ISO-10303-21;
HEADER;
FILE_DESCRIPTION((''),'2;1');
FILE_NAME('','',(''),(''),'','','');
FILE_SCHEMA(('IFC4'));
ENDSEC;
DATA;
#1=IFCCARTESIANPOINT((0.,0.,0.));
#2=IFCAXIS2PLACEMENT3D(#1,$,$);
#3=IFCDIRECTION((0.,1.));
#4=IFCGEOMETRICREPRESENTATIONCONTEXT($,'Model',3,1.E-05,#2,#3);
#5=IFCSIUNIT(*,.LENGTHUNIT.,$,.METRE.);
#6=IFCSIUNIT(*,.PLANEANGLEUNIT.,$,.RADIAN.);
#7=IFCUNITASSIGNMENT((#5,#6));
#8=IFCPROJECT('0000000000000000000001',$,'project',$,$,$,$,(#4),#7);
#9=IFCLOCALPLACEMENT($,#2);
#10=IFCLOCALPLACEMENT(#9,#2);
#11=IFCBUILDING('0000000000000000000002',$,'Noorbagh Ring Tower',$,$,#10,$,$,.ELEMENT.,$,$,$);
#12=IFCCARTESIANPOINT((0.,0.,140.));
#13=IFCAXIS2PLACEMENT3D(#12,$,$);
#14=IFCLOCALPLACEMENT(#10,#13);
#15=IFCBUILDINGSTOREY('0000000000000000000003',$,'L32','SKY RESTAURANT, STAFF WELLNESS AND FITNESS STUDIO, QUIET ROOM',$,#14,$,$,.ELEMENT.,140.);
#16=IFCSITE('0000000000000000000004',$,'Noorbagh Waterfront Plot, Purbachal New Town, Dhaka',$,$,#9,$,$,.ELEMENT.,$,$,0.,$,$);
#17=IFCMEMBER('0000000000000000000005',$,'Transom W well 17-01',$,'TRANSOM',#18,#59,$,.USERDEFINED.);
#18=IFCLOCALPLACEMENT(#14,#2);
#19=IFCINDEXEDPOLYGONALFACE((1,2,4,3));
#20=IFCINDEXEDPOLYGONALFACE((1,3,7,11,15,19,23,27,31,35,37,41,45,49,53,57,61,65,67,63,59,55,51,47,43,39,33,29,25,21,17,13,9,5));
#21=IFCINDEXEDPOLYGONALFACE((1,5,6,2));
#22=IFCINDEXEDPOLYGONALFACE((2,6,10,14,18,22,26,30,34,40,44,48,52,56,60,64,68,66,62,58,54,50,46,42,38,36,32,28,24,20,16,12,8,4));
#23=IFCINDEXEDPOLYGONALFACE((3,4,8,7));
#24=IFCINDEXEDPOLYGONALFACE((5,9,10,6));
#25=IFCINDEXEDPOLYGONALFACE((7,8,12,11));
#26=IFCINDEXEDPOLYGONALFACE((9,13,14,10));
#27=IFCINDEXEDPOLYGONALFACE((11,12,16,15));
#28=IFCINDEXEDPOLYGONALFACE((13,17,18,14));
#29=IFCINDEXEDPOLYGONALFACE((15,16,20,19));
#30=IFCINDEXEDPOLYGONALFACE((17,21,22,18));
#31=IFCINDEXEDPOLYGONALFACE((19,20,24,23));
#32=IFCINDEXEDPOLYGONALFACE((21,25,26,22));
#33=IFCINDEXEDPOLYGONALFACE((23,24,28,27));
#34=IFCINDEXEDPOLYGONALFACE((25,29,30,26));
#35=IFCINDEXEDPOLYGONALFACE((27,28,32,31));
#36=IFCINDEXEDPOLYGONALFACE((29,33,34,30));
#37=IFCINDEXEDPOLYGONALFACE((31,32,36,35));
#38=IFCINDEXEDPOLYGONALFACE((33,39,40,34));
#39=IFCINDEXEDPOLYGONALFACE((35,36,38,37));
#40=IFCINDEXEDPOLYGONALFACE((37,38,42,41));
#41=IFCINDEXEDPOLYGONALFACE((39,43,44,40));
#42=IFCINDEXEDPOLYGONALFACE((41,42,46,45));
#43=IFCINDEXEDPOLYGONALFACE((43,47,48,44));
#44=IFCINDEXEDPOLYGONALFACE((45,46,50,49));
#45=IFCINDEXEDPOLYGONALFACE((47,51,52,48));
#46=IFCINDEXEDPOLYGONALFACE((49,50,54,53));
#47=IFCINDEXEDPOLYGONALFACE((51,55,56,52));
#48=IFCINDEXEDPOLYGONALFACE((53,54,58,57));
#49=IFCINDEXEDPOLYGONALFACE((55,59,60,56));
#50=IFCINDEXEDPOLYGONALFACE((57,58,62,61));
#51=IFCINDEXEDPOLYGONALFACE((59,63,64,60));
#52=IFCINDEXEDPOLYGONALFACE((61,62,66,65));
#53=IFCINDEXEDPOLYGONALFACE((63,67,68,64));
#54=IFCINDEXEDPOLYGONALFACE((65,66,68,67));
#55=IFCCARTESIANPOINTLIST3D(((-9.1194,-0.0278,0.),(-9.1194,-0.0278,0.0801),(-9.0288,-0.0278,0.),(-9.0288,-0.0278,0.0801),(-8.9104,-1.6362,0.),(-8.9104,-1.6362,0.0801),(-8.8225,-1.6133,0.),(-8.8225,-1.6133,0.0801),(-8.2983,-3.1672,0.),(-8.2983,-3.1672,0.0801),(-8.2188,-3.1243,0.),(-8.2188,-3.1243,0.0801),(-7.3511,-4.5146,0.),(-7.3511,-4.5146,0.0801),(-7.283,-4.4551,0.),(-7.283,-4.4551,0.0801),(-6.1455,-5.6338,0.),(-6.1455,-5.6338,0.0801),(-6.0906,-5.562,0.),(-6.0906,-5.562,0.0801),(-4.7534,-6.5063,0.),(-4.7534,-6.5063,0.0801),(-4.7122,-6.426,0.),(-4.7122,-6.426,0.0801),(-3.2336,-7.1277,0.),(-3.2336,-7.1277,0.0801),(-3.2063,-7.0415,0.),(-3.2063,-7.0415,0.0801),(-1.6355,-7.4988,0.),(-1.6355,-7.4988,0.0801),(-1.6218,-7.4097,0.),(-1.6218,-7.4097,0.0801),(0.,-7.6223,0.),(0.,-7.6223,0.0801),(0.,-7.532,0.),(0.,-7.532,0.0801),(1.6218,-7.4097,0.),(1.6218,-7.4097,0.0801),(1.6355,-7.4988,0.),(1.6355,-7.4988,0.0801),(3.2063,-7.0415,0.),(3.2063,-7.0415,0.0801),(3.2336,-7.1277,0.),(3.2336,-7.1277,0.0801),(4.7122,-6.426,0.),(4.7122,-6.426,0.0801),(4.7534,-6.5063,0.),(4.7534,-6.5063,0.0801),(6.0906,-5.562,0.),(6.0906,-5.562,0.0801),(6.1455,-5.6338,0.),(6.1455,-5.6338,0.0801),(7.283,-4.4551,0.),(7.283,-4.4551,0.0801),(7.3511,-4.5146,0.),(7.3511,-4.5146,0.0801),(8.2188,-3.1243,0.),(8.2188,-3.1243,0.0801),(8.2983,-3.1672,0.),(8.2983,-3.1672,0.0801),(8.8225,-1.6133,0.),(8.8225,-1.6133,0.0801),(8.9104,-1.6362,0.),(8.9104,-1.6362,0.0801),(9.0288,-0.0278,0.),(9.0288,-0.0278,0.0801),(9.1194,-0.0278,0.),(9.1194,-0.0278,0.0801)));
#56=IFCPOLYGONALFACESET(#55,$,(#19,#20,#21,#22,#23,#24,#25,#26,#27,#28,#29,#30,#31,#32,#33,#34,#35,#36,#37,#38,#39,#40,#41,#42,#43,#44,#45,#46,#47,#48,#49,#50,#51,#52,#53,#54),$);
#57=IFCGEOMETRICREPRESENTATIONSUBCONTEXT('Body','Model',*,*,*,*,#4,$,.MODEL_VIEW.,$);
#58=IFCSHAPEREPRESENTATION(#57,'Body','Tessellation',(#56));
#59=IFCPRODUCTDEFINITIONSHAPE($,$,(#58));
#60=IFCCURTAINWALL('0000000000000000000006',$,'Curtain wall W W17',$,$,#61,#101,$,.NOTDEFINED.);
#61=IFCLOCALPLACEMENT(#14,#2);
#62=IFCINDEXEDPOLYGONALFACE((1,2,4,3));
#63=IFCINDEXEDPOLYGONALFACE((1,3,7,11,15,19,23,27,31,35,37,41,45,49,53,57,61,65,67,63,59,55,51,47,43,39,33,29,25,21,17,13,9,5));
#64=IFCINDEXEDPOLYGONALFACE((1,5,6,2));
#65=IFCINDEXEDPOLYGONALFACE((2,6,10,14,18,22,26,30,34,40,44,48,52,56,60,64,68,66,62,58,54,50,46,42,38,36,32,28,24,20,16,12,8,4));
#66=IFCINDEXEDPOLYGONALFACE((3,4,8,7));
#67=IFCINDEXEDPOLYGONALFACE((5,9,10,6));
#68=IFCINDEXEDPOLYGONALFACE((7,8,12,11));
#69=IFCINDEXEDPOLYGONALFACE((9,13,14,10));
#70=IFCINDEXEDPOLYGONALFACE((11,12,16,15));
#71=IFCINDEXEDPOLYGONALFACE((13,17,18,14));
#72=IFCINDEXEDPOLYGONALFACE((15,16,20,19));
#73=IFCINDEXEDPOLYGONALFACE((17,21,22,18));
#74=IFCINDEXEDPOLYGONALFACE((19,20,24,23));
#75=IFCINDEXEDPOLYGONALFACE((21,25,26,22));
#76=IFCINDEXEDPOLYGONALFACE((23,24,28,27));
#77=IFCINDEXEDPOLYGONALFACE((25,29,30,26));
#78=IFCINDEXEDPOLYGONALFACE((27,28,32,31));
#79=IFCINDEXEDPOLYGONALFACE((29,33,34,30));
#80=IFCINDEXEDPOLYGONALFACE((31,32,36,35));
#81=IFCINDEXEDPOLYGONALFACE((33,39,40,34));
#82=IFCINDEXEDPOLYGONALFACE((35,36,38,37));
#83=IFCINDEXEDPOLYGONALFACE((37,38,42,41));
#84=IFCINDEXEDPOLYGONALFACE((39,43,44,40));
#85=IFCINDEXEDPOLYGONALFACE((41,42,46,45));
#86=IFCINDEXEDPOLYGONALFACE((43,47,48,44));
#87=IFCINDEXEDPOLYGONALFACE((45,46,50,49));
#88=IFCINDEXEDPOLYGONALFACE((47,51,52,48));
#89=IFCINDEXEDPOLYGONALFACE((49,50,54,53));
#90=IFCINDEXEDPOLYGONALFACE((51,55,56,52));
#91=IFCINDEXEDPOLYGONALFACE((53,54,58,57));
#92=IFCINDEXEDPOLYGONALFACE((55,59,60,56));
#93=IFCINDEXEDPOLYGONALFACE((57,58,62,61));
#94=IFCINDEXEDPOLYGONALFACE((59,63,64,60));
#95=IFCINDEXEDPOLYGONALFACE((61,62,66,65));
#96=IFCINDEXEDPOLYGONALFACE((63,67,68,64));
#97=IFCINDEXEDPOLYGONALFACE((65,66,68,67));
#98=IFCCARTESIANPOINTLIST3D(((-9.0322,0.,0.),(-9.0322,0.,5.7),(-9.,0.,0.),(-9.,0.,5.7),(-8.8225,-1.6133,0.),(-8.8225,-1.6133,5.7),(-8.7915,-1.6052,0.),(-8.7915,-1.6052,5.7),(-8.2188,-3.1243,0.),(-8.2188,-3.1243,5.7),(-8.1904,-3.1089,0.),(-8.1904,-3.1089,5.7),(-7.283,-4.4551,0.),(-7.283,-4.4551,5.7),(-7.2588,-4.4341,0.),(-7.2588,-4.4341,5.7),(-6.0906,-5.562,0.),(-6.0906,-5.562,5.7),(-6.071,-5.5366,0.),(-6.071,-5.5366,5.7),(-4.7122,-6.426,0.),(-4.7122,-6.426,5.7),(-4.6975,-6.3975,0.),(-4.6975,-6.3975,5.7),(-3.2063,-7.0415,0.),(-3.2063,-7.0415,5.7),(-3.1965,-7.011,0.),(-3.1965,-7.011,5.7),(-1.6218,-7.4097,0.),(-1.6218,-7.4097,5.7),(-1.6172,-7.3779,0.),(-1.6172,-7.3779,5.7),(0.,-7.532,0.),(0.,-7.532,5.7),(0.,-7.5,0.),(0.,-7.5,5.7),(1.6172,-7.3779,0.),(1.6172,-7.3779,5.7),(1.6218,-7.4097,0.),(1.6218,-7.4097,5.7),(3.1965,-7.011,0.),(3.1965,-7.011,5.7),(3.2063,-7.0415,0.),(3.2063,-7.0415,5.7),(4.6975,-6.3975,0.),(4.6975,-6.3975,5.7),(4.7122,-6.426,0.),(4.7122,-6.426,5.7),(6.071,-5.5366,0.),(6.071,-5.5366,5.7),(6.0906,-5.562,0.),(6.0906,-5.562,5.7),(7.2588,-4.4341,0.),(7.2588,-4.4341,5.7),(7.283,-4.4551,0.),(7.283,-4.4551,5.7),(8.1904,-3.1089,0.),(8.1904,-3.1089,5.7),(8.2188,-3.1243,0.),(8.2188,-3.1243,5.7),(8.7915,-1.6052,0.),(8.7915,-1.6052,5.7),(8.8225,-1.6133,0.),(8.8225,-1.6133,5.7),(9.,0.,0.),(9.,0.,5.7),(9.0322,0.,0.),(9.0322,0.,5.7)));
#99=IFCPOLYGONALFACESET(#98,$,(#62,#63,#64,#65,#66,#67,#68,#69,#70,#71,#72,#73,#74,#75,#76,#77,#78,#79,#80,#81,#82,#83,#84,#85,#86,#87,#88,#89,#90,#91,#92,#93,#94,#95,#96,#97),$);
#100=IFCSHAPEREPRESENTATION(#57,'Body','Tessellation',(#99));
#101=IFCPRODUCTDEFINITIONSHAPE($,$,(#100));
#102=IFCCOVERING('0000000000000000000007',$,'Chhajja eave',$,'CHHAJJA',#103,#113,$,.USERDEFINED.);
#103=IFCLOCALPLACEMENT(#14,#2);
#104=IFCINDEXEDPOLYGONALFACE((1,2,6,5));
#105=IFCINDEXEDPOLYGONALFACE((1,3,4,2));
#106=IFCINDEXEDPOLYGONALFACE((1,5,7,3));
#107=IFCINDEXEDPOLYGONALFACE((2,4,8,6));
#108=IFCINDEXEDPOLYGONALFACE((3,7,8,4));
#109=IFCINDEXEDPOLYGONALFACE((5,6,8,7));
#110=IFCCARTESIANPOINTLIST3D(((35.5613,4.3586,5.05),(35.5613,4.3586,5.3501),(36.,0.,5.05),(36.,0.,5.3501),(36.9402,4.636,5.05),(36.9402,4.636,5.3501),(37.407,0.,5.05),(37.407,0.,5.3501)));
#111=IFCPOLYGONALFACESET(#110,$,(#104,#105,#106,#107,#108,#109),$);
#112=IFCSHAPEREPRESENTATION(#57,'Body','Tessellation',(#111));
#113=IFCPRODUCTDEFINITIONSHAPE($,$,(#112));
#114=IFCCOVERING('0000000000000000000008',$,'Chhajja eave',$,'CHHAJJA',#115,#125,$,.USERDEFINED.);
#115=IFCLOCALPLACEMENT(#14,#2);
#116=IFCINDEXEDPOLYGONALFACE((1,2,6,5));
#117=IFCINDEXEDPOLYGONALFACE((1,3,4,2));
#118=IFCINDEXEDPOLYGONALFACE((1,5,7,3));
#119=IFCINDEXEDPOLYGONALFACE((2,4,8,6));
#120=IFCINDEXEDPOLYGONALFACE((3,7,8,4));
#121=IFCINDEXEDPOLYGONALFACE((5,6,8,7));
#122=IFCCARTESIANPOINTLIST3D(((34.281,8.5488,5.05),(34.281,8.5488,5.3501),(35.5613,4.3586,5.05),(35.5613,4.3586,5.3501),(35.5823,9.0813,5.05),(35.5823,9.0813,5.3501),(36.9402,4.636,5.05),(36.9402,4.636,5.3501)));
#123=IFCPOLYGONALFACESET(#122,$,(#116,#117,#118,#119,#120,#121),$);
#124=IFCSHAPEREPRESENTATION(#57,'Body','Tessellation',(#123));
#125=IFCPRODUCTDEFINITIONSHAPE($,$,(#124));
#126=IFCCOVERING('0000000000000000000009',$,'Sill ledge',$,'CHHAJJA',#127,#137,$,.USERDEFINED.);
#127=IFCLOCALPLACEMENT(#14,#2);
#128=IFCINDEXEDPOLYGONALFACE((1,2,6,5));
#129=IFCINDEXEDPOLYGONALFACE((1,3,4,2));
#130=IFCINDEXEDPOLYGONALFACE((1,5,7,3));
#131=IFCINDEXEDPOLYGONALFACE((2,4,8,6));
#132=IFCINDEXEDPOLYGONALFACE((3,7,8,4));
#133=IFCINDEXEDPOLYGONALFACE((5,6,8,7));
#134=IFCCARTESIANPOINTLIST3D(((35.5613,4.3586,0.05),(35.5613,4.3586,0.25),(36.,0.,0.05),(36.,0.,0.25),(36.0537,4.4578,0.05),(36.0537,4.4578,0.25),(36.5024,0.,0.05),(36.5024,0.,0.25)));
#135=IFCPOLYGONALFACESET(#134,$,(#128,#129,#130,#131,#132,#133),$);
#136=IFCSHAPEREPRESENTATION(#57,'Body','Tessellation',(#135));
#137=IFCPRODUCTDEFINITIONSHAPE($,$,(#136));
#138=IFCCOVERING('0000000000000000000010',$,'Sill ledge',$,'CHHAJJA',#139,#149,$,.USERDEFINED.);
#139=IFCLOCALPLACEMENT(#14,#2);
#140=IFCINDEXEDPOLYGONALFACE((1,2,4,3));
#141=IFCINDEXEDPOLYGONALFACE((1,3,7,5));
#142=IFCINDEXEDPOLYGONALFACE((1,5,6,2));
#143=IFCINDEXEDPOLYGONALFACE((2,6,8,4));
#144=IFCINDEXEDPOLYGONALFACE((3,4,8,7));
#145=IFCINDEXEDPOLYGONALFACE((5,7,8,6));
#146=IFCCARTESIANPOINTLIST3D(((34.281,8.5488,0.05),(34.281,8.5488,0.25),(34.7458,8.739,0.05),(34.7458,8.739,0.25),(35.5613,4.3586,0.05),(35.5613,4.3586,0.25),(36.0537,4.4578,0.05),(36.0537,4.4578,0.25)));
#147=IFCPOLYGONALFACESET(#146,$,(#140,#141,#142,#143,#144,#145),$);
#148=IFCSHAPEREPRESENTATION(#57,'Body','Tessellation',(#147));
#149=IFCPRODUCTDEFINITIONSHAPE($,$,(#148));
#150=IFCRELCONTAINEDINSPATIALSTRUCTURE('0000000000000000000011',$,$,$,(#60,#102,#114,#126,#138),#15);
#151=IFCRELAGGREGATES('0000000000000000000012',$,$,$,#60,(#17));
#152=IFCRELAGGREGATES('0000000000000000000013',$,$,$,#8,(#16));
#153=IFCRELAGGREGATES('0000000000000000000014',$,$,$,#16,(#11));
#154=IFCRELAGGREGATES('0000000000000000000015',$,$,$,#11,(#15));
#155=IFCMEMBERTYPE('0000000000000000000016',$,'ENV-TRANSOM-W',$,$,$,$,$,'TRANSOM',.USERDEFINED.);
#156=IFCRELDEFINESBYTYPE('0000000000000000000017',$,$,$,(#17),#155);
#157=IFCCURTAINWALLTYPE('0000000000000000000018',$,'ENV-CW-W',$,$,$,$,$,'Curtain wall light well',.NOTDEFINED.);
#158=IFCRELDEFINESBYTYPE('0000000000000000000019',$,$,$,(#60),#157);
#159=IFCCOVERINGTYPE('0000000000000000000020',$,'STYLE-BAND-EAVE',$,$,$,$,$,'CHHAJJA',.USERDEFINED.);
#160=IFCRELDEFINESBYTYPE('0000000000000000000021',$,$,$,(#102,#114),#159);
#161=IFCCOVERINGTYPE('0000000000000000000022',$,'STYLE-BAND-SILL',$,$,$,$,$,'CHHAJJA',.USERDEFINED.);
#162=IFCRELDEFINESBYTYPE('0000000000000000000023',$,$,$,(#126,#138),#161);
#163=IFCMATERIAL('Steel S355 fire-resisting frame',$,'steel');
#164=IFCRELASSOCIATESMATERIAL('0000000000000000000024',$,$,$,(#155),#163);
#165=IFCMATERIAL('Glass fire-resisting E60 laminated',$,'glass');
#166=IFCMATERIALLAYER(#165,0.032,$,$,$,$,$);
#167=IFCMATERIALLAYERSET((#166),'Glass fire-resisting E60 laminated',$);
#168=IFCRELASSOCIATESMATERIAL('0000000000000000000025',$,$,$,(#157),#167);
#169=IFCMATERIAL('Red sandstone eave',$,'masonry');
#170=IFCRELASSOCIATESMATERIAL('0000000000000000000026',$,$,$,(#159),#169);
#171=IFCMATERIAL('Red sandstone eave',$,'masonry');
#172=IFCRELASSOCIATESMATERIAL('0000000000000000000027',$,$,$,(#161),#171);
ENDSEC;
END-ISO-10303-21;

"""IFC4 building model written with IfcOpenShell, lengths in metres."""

from ifc_helpers import new_model, si_unit, direction, frame, origin, place, context, subcontext, project, spatial, polyline, outline, extrude, material, layer, layer_set, type_object, element, aggregate, save


model = new_model("IFC4")

# Units and contexts
model_context = context("Model", 3, precision=1e-05, world=origin(), true_north=direction((0.0, 1.0)))
body_context = subcontext(model_context, "Body", "Model", "MODEL_VIEW")
ifc_project = project(units=[si_unit("LENGTHUNIT", "METRE"), si_unit("PLANEANGLEUNIT", "RADIAN")], contexts=[model_context])

# Member
site_placement = place(None, origin())
building_placement = place(site_placement, origin())
storey_placement = place(building_placement, frame((0.0, 0.0, 140.0)))
ifc_material_1 = material(Name="Steel S355 fire-resisting frame", Category="steel")
member_type_1 = type_object("IfcMemberType", Name="ENV-TRANSOM-W", ElementType="TRANSOM", PredefinedType="USERDEFINED", material=ifc_material_1)
member_1_placement = place(storey_placement, origin())
member_1 = element("IfcMember", 1, at=member_1_placement, type_object=member_type_1, Name="Transom W well 17-01", ObjectType="TRANSOM", PredefinedType="USERDEFINED", context=body_context, shape_type="SweptSolid", body=[
    extrude(outline(polyline([(-9.1194, -0.0278), (-8.9104, -1.6362), (-8.2983, -3.1672), (-7.3511, -4.5146), (-6.1455, -5.6338), (-4.7534, -6.5063), (-3.2336, -7.1277), (-1.6355, -7.4988), (0.0, -7.6223), (1.6355, -7.4988), (3.2336, -7.1277), (4.7534, -6.5063), (6.1455, -5.6338), (7.3511, -4.5146), (8.2983, -3.1672), (8.9104, -1.6362), (9.1194, -0.0278), (9.0288, -0.0278), (8.8225, -1.6133), (8.2188, -3.1243), (7.283, -4.4551), (6.0906, -5.562), (4.7122, -6.426), (3.2063, -7.0415), (1.6218, -7.4097), (0.0, -7.532), (-1.6218, -7.4097), (-3.2063, -7.0415), (-4.7122, -6.426), (-6.0906, -5.562), (-7.283, -4.4551), (-8.2188, -3.1243), (-8.8225, -1.6133), (-9.0288, -0.0278), (-9.1194, -0.0278)])), origin(), (0.0, 0.0, 1.0), 0.0801),
])

# Site, building, storey
site = spatial("IfcSite", under=ifc_project, at=site_placement, Name="Noorbagh Waterfront Plot, Purbachal New Town, Dhaka", CompositionType="ELEMENT", RefElevation=0.0)
building = spatial("IfcBuilding", under=site, at=building_placement, Name="Noorbagh Ring Tower", CompositionType="ELEMENT")
storey = spatial("IfcBuildingStorey", under=building, at=storey_placement, Name="L32", Description="SKY RESTAURANT, STAFF WELLNESS AND FITNESS STUDIO, QUIET ROOM", CompositionType="ELEMENT", Elevation=140.0)

# Curtain wall
ifc_material_2 = material(Name="Glass fire-resisting E60 laminated", Category="glass")
ifc_layer_1 = layer(ifc_material_2, 0.032)
ifc_layer_set_1 = layer_set([ifc_layer_1], Name="Glass fire-resisting E60 laminated")
curtain_wall_type_1 = type_object("IfcCurtainWallType", Name="ENV-CW-W", ElementType="Curtain wall light well", PredefinedType="NOTDEFINED", material=ifc_layer_set_1)
curtain_wall_1_placement = place(storey_placement, origin())
curtain_wall_1 = element("IfcCurtainWall", 2, at=curtain_wall_1_placement, inside=storey, type_object=curtain_wall_type_1, Name="Curtain wall W W17", PredefinedType="NOTDEFINED", context=body_context, shape_type="SweptSolid", body=[
    extrude(outline(polyline([(-9.0322, 0.0), (-8.8225, -1.6133), (-8.2188, -3.1243), (-7.283, -4.4551), (-6.0906, -5.562), (-4.7122, -6.426), (-3.2063, -7.0415), (-1.6218, -7.4097), (0.0, -7.532), (1.6218, -7.4097), (3.2063, -7.0415), (4.7122, -6.426), (6.0906, -5.562), (7.283, -4.4551), (8.2188, -3.1243), (8.8225, -1.6133), (9.0322, 0.0), (9.0, 0.0), (8.7915, -1.6052), (8.1904, -3.1089), (7.2588, -4.4341), (6.071, -5.5366), (4.6975, -6.3975), (3.1965, -7.011), (1.6172, -7.3779), (0.0, -7.5), (-1.6172, -7.3779), (-3.1965, -7.011), (-4.6975, -6.3975), (-6.071, -5.5366), (-7.2588, -4.4341), (-8.1904, -3.1089), (-8.7915, -1.6052), (-9.0, 0.0), (-9.0322, 0.0)])), origin(), (0.0, 0.0, 1.0), 5.7),
])
aggregate(curtain_wall_1, [member_1])

# Coverings
ifc_material_3 = material(Name="Red sandstone eave", Category="masonry")
covering_type_1 = type_object("IfcCoveringType", Name="STYLE-BAND-EAVE", ElementType="CHHAJJA", PredefinedType="USERDEFINED", material=ifc_material_3)
covering_1_placement = place(storey_placement, frame((0.0, 0.0, 5.05)))
element("IfcCovering", 3, at=covering_1_placement, inside=storey, type_object=covering_type_1, Name="Chhajja eave", ObjectType="CHHAJJA", PredefinedType="USERDEFINED", context=body_context, shape_type="SweptSolid", body=[
    extrude(outline(polyline([(36.0, 0.0), (35.5613, 4.3586), (36.9402, 4.636), (37.407, 0.0), (36.0, 0.0)])), origin(), (0.0, 0.0, 1.0), 0.3),
])
covering_2_placement = place(storey_placement, frame((0.0, 0.0, 5.05)))
element("IfcCovering", 4, at=covering_2_placement, inside=storey, type_object=covering_type_1, Name="Chhajja eave", ObjectType="CHHAJJA", PredefinedType="USERDEFINED", context=body_context, shape_type="SweptSolid", body=[
    extrude(outline(polyline([(35.5613, 4.3586), (34.281, 8.5488), (35.5823, 9.0813), (36.9402, 4.636), (35.5613, 4.3586)])), origin(), (0.0, 0.0, 1.0), 0.3),
])
ifc_material_4 = material(Name="Red sandstone eave", Category="masonry")
covering_type_2 = type_object("IfcCoveringType", Name="STYLE-BAND-SILL", ElementType="CHHAJJA", PredefinedType="USERDEFINED", material=ifc_material_4)
covering_3_placement = place(storey_placement, frame((0.0, 0.0, 0.05)))
element("IfcCovering", 5, at=covering_3_placement, inside=storey, type_object=covering_type_2, Name="Sill ledge", ObjectType="CHHAJJA", PredefinedType="USERDEFINED", context=body_context, shape_type="SweptSolid", body=[
    extrude(outline(polyline([(36.0, 0.0), (35.5613, 4.3586), (36.0537, 4.4578), (36.5024, 0.0), (36.0, 0.0)])), origin(), (0.0, 0.0, 1.0), 0.2),
])
covering_4_placement = place(storey_placement, frame((0.0, 0.0, 0.05)))
element("IfcCovering", 6, at=covering_4_placement, inside=storey, type_object=covering_type_2, Name="Sill ledge", ObjectType="CHHAJJA", PredefinedType="USERDEFINED", context=body_context, shape_type="SweptSolid", body=[
    extrude(outline(polyline([(35.5613, 4.3586), (34.281, 8.5488), (34.7458, 8.739), (36.0537, 4.4578), (35.5613, 4.3586)])), origin(), (0.0, 0.0, 1.0), 0.2),
])

save(model, "model.ifc")
